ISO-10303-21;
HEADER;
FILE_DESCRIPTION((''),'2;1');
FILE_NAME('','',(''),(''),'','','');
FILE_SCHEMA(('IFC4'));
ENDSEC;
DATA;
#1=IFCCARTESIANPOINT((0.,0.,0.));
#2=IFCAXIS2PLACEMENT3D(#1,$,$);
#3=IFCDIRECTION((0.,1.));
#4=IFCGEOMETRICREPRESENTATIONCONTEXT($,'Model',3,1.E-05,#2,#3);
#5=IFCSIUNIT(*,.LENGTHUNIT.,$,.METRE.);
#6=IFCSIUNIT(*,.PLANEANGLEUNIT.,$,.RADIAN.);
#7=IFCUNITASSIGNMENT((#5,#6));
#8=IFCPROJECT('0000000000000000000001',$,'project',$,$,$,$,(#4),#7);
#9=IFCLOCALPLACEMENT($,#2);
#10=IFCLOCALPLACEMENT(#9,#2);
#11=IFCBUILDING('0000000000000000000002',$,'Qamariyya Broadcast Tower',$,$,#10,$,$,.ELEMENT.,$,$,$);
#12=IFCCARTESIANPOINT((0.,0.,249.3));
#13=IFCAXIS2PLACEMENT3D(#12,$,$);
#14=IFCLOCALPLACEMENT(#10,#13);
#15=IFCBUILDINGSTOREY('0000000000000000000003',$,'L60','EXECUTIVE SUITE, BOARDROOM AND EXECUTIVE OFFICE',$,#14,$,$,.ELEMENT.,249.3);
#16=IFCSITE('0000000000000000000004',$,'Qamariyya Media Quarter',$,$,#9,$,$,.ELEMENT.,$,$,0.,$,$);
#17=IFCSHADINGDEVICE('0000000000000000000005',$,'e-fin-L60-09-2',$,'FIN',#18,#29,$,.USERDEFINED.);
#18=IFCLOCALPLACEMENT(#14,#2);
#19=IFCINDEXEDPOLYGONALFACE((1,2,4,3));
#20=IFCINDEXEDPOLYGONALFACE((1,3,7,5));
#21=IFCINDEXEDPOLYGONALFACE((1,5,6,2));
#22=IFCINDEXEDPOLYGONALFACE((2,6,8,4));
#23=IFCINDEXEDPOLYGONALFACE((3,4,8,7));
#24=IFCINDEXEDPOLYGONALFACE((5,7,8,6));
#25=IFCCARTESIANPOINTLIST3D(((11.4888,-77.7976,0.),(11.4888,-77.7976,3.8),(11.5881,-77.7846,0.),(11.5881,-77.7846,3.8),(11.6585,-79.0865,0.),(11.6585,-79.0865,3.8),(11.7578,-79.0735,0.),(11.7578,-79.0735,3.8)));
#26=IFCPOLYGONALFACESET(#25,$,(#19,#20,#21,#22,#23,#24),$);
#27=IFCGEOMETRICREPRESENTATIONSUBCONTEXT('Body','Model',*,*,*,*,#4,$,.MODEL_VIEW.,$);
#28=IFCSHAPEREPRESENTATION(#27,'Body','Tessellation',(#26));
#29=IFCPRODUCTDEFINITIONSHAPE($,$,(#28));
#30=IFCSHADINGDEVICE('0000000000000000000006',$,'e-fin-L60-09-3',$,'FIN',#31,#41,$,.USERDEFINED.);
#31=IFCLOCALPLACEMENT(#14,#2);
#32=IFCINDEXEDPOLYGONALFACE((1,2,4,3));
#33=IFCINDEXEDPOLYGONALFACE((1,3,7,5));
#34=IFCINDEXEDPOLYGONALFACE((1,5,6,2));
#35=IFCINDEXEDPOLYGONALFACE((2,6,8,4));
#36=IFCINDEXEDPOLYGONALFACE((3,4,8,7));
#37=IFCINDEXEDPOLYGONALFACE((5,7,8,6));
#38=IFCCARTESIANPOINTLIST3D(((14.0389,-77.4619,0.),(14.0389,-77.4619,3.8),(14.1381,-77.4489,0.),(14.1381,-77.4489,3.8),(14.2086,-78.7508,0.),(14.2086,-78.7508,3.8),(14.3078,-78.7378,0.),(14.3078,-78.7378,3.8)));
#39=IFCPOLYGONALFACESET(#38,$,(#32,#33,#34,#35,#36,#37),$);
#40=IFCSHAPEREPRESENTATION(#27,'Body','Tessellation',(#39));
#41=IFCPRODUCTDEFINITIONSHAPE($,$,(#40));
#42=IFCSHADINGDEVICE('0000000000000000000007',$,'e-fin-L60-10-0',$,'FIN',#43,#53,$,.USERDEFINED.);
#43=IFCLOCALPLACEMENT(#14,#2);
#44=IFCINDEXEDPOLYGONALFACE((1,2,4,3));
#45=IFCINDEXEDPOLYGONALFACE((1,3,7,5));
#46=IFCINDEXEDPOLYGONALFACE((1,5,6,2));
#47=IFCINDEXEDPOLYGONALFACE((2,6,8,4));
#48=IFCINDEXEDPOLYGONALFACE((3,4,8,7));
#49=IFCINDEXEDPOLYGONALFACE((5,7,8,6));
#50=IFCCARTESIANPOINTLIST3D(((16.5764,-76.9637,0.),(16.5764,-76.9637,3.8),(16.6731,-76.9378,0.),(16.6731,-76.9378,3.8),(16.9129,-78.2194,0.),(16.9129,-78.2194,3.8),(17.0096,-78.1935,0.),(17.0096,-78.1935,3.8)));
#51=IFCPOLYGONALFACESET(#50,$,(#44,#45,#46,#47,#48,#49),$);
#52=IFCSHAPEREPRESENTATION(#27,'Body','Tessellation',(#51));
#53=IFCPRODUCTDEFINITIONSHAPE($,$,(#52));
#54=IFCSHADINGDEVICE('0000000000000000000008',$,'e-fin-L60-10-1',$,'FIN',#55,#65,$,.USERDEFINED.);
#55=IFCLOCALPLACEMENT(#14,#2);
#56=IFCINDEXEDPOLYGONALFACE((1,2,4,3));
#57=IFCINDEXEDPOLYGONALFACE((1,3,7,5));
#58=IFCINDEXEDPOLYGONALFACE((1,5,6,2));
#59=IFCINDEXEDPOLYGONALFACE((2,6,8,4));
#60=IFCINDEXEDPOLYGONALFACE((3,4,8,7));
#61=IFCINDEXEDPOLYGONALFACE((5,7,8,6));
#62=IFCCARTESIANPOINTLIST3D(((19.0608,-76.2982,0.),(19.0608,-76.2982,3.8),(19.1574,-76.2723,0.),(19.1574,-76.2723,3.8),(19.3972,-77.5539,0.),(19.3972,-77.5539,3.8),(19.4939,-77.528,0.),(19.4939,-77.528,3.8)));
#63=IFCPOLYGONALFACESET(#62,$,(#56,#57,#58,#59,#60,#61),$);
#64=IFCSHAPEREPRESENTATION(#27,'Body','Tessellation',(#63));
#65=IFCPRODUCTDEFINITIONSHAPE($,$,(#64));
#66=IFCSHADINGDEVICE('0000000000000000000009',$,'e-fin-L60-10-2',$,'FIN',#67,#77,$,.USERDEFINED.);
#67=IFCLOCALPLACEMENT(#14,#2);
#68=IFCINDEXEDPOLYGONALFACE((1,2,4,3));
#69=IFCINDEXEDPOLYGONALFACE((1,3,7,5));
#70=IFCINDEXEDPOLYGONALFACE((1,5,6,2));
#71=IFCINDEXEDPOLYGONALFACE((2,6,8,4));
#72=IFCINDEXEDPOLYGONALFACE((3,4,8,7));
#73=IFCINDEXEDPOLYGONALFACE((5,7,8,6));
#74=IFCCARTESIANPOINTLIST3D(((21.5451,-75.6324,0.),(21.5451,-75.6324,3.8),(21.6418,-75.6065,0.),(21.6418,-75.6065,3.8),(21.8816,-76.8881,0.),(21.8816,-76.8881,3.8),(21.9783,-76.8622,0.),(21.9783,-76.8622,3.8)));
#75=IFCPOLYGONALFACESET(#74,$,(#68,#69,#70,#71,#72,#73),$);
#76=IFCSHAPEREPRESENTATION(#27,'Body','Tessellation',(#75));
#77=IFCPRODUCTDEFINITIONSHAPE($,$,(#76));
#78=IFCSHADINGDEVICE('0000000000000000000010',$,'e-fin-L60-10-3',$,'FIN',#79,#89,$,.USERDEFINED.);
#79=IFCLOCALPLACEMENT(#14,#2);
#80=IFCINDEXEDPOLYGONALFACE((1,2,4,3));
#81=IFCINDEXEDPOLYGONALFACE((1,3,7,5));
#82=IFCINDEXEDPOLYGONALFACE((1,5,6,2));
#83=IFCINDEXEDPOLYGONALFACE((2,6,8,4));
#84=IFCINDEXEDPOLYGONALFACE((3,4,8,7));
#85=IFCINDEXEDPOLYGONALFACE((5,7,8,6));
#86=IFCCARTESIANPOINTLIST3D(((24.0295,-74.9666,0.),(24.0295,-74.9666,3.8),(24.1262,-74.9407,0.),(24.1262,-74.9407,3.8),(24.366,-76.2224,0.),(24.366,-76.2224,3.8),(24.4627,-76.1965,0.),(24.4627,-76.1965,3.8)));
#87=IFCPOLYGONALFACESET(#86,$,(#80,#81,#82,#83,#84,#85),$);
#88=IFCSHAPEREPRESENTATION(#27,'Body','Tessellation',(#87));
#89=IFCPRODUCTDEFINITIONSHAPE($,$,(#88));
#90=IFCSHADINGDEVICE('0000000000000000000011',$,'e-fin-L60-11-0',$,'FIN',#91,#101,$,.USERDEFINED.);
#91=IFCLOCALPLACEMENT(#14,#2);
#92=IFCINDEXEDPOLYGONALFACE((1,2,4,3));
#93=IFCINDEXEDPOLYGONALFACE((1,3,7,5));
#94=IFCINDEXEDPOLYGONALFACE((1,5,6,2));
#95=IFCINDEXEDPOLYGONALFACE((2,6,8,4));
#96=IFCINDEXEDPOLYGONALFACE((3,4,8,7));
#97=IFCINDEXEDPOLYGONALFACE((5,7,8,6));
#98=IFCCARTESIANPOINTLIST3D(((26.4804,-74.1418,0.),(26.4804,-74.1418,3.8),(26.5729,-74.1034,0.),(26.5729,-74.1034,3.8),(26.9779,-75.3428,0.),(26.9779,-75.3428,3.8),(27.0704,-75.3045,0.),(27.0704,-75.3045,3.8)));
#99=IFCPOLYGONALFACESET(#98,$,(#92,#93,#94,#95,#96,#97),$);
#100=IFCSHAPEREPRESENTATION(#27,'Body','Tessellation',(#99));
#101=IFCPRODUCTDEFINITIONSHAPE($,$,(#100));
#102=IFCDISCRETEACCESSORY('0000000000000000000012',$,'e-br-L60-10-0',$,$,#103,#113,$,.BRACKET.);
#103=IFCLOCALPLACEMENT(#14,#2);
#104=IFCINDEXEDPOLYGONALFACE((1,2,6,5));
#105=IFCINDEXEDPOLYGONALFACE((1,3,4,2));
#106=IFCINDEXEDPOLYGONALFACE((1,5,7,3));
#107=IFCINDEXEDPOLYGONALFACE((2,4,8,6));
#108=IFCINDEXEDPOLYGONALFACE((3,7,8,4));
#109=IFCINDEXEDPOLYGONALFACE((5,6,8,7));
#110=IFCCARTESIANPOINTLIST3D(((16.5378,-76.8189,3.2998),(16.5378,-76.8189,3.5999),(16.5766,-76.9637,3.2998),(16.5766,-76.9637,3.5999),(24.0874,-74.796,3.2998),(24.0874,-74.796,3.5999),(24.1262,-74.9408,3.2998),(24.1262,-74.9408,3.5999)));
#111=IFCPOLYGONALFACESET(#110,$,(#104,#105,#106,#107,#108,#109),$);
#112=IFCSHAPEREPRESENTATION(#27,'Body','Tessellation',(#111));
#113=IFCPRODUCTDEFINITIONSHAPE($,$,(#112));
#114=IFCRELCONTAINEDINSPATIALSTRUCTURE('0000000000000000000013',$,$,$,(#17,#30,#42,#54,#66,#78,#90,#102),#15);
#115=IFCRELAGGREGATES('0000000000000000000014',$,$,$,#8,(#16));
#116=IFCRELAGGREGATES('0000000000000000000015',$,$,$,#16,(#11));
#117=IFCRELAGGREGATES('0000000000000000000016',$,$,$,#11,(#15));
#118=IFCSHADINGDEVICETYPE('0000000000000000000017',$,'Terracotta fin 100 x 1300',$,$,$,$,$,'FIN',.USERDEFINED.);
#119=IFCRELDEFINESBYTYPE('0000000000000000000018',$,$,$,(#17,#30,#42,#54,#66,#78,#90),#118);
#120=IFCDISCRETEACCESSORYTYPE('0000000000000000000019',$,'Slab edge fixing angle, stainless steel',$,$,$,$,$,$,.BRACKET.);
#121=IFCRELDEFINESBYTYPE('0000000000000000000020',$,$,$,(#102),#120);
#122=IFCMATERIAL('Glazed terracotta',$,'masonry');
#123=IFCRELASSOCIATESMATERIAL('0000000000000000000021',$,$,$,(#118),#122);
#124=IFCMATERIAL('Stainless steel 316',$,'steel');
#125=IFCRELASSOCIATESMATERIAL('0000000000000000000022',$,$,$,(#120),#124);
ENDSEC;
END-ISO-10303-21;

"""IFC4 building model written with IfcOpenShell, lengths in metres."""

from ifc_helpers import new_model, si_unit, direction, frame, origin, origin_2d, place, context, subcontext, project, spatial, rectangle, extrude, material, material_profile, profile_set, type_object, element, save


model = new_model("IFC4")

# Units and contexts
model_context = context("Model", 3, precision=1e-05, world=origin(), true_north=direction((0.0, 1.0)))
body_context = subcontext(model_context, "Body", "Model", "MODEL_VIEW")
ifc_project = project(units=[si_unit("LENGTHUNIT", "METRE"), si_unit("PLANEANGLEUNIT", "RADIAN")], contexts=[model_context])

# Site, building, storey
site_placement = place(None, origin())
site = spatial("IfcSite", under=ifc_project, at=site_placement, Name="Qamariyya Media Quarter", CompositionType="ELEMENT", RefElevation=0.0)
building_placement = place(site_placement, origin())
building = spatial("IfcBuilding", under=site, at=building_placement, Name="Qamariyya Broadcast Tower", CompositionType="ELEMENT")
storey_placement = place(building_placement, frame((0.0, 0.0, 249.3)))
storey = spatial("IfcBuildingStorey", under=building, at=storey_placement, Name="L60", Description="EXECUTIVE SUITE, BOARDROOM AND EXECUTIVE OFFICE", CompositionType="ELEMENT", Elevation=249.3)

# Shading devices
ifc_material_1 = material(Name="Glazed terracotta", Category="masonry")
ifc_material_profile_1 = material_profile(ifc_material_1, rectangle(XDim=1.3, YDim=0.1001, at=origin_2d()))
ifc_profile_set_1 = profile_set([ifc_material_profile_1], Name="Glazed terracotta")
shading_device_type_1 = type_object("IfcShadingDeviceType", Name="Terracotta fin 100 x 1300", ElementType="FIN", PredefinedType="USERDEFINED", material=ifc_profile_set_1)
for number, where, z_axis, x_axis, name in (
    (1, (11.6233, -78.4355, 0.0), (0.0, 0.0, 1.0), (0.130526, -0.991445, 0.0), "e-fin-L60-09-2"),
    (2, (14.1733, -78.0999, 0.0), (0.0, 0.0, 1.0), (0.130526, -0.991445, 0.0), "e-fin-L60-09-3"),
    (3, (16.793, -77.5786, 0.0), (0.0, 0.0, 1.0), (0.258819, -0.965926, 0.0), "e-fin-L60-10-0"),
    (4, (19.2773, -76.9131, 0.0), (0.0, 0.0, 1.0), (0.258819, -0.965926, 0.0), "e-fin-L60-10-1"),
    (5, (21.7617, -76.2473, 0.0), (0.0, 0.0, 1.0), (0.258819, -0.965926, 0.0), "e-fin-L60-10-2"),
    (6, (24.2461, -75.5815, 0.0), (0.0, 0.0, 1.0), (0.258819, -0.965926, 0.0), "e-fin-L60-10-3"),
    (7, (26.7754, -74.7231, 0.0), (0.0, 0.0, 1.0), (0.382683, -0.92388, 0.0), "e-fin-L60-11-0"),
):
    element("IfcShadingDevice", number, at=place(storey_placement, frame(where, z_axis=z_axis, x_axis=x_axis)), inside=storey, type_object=shading_device_type_1, Name=name, ObjectType="FIN", PredefinedType="USERDEFINED", context=body_context, shape_type="SweptSolid", body=[
        extrude(rectangle(XDim=1.3, YDim=0.1001, at=origin_2d()), origin(), (0.0, 0.0, 1.0), 3.8),
    ])

# Discrete accessory
ifc_material_2 = material(Name="Stainless steel 316", Category="steel")
discrete_accessory_type = type_object("IfcDiscreteAccessoryType", Name="Slab edge fixing angle, stainless steel", PredefinedType="BRACKET", material=ifc_material_2)
discrete_accessory_placement = place(storey_placement, frame((20.332, -75.8799, 3.2998), z_axis=(0.0, 0.0, 1.0), x_axis=(0.965926, 0.258819, 0.0)))
element("IfcDiscreteAccessory", 8, at=discrete_accessory_placement, inside=storey, type_object=discrete_accessory_type, Name="e-br-L60-10-0", PredefinedType="BRACKET", context=body_context, shape_type="SweptSolid", body=[
    extrude(rectangle(XDim=7.8159, YDim=0.1499, at=origin_2d()), origin(), (0.0, 0.0, 1.0), 0.3),
])

save(model, "model.ifc")
